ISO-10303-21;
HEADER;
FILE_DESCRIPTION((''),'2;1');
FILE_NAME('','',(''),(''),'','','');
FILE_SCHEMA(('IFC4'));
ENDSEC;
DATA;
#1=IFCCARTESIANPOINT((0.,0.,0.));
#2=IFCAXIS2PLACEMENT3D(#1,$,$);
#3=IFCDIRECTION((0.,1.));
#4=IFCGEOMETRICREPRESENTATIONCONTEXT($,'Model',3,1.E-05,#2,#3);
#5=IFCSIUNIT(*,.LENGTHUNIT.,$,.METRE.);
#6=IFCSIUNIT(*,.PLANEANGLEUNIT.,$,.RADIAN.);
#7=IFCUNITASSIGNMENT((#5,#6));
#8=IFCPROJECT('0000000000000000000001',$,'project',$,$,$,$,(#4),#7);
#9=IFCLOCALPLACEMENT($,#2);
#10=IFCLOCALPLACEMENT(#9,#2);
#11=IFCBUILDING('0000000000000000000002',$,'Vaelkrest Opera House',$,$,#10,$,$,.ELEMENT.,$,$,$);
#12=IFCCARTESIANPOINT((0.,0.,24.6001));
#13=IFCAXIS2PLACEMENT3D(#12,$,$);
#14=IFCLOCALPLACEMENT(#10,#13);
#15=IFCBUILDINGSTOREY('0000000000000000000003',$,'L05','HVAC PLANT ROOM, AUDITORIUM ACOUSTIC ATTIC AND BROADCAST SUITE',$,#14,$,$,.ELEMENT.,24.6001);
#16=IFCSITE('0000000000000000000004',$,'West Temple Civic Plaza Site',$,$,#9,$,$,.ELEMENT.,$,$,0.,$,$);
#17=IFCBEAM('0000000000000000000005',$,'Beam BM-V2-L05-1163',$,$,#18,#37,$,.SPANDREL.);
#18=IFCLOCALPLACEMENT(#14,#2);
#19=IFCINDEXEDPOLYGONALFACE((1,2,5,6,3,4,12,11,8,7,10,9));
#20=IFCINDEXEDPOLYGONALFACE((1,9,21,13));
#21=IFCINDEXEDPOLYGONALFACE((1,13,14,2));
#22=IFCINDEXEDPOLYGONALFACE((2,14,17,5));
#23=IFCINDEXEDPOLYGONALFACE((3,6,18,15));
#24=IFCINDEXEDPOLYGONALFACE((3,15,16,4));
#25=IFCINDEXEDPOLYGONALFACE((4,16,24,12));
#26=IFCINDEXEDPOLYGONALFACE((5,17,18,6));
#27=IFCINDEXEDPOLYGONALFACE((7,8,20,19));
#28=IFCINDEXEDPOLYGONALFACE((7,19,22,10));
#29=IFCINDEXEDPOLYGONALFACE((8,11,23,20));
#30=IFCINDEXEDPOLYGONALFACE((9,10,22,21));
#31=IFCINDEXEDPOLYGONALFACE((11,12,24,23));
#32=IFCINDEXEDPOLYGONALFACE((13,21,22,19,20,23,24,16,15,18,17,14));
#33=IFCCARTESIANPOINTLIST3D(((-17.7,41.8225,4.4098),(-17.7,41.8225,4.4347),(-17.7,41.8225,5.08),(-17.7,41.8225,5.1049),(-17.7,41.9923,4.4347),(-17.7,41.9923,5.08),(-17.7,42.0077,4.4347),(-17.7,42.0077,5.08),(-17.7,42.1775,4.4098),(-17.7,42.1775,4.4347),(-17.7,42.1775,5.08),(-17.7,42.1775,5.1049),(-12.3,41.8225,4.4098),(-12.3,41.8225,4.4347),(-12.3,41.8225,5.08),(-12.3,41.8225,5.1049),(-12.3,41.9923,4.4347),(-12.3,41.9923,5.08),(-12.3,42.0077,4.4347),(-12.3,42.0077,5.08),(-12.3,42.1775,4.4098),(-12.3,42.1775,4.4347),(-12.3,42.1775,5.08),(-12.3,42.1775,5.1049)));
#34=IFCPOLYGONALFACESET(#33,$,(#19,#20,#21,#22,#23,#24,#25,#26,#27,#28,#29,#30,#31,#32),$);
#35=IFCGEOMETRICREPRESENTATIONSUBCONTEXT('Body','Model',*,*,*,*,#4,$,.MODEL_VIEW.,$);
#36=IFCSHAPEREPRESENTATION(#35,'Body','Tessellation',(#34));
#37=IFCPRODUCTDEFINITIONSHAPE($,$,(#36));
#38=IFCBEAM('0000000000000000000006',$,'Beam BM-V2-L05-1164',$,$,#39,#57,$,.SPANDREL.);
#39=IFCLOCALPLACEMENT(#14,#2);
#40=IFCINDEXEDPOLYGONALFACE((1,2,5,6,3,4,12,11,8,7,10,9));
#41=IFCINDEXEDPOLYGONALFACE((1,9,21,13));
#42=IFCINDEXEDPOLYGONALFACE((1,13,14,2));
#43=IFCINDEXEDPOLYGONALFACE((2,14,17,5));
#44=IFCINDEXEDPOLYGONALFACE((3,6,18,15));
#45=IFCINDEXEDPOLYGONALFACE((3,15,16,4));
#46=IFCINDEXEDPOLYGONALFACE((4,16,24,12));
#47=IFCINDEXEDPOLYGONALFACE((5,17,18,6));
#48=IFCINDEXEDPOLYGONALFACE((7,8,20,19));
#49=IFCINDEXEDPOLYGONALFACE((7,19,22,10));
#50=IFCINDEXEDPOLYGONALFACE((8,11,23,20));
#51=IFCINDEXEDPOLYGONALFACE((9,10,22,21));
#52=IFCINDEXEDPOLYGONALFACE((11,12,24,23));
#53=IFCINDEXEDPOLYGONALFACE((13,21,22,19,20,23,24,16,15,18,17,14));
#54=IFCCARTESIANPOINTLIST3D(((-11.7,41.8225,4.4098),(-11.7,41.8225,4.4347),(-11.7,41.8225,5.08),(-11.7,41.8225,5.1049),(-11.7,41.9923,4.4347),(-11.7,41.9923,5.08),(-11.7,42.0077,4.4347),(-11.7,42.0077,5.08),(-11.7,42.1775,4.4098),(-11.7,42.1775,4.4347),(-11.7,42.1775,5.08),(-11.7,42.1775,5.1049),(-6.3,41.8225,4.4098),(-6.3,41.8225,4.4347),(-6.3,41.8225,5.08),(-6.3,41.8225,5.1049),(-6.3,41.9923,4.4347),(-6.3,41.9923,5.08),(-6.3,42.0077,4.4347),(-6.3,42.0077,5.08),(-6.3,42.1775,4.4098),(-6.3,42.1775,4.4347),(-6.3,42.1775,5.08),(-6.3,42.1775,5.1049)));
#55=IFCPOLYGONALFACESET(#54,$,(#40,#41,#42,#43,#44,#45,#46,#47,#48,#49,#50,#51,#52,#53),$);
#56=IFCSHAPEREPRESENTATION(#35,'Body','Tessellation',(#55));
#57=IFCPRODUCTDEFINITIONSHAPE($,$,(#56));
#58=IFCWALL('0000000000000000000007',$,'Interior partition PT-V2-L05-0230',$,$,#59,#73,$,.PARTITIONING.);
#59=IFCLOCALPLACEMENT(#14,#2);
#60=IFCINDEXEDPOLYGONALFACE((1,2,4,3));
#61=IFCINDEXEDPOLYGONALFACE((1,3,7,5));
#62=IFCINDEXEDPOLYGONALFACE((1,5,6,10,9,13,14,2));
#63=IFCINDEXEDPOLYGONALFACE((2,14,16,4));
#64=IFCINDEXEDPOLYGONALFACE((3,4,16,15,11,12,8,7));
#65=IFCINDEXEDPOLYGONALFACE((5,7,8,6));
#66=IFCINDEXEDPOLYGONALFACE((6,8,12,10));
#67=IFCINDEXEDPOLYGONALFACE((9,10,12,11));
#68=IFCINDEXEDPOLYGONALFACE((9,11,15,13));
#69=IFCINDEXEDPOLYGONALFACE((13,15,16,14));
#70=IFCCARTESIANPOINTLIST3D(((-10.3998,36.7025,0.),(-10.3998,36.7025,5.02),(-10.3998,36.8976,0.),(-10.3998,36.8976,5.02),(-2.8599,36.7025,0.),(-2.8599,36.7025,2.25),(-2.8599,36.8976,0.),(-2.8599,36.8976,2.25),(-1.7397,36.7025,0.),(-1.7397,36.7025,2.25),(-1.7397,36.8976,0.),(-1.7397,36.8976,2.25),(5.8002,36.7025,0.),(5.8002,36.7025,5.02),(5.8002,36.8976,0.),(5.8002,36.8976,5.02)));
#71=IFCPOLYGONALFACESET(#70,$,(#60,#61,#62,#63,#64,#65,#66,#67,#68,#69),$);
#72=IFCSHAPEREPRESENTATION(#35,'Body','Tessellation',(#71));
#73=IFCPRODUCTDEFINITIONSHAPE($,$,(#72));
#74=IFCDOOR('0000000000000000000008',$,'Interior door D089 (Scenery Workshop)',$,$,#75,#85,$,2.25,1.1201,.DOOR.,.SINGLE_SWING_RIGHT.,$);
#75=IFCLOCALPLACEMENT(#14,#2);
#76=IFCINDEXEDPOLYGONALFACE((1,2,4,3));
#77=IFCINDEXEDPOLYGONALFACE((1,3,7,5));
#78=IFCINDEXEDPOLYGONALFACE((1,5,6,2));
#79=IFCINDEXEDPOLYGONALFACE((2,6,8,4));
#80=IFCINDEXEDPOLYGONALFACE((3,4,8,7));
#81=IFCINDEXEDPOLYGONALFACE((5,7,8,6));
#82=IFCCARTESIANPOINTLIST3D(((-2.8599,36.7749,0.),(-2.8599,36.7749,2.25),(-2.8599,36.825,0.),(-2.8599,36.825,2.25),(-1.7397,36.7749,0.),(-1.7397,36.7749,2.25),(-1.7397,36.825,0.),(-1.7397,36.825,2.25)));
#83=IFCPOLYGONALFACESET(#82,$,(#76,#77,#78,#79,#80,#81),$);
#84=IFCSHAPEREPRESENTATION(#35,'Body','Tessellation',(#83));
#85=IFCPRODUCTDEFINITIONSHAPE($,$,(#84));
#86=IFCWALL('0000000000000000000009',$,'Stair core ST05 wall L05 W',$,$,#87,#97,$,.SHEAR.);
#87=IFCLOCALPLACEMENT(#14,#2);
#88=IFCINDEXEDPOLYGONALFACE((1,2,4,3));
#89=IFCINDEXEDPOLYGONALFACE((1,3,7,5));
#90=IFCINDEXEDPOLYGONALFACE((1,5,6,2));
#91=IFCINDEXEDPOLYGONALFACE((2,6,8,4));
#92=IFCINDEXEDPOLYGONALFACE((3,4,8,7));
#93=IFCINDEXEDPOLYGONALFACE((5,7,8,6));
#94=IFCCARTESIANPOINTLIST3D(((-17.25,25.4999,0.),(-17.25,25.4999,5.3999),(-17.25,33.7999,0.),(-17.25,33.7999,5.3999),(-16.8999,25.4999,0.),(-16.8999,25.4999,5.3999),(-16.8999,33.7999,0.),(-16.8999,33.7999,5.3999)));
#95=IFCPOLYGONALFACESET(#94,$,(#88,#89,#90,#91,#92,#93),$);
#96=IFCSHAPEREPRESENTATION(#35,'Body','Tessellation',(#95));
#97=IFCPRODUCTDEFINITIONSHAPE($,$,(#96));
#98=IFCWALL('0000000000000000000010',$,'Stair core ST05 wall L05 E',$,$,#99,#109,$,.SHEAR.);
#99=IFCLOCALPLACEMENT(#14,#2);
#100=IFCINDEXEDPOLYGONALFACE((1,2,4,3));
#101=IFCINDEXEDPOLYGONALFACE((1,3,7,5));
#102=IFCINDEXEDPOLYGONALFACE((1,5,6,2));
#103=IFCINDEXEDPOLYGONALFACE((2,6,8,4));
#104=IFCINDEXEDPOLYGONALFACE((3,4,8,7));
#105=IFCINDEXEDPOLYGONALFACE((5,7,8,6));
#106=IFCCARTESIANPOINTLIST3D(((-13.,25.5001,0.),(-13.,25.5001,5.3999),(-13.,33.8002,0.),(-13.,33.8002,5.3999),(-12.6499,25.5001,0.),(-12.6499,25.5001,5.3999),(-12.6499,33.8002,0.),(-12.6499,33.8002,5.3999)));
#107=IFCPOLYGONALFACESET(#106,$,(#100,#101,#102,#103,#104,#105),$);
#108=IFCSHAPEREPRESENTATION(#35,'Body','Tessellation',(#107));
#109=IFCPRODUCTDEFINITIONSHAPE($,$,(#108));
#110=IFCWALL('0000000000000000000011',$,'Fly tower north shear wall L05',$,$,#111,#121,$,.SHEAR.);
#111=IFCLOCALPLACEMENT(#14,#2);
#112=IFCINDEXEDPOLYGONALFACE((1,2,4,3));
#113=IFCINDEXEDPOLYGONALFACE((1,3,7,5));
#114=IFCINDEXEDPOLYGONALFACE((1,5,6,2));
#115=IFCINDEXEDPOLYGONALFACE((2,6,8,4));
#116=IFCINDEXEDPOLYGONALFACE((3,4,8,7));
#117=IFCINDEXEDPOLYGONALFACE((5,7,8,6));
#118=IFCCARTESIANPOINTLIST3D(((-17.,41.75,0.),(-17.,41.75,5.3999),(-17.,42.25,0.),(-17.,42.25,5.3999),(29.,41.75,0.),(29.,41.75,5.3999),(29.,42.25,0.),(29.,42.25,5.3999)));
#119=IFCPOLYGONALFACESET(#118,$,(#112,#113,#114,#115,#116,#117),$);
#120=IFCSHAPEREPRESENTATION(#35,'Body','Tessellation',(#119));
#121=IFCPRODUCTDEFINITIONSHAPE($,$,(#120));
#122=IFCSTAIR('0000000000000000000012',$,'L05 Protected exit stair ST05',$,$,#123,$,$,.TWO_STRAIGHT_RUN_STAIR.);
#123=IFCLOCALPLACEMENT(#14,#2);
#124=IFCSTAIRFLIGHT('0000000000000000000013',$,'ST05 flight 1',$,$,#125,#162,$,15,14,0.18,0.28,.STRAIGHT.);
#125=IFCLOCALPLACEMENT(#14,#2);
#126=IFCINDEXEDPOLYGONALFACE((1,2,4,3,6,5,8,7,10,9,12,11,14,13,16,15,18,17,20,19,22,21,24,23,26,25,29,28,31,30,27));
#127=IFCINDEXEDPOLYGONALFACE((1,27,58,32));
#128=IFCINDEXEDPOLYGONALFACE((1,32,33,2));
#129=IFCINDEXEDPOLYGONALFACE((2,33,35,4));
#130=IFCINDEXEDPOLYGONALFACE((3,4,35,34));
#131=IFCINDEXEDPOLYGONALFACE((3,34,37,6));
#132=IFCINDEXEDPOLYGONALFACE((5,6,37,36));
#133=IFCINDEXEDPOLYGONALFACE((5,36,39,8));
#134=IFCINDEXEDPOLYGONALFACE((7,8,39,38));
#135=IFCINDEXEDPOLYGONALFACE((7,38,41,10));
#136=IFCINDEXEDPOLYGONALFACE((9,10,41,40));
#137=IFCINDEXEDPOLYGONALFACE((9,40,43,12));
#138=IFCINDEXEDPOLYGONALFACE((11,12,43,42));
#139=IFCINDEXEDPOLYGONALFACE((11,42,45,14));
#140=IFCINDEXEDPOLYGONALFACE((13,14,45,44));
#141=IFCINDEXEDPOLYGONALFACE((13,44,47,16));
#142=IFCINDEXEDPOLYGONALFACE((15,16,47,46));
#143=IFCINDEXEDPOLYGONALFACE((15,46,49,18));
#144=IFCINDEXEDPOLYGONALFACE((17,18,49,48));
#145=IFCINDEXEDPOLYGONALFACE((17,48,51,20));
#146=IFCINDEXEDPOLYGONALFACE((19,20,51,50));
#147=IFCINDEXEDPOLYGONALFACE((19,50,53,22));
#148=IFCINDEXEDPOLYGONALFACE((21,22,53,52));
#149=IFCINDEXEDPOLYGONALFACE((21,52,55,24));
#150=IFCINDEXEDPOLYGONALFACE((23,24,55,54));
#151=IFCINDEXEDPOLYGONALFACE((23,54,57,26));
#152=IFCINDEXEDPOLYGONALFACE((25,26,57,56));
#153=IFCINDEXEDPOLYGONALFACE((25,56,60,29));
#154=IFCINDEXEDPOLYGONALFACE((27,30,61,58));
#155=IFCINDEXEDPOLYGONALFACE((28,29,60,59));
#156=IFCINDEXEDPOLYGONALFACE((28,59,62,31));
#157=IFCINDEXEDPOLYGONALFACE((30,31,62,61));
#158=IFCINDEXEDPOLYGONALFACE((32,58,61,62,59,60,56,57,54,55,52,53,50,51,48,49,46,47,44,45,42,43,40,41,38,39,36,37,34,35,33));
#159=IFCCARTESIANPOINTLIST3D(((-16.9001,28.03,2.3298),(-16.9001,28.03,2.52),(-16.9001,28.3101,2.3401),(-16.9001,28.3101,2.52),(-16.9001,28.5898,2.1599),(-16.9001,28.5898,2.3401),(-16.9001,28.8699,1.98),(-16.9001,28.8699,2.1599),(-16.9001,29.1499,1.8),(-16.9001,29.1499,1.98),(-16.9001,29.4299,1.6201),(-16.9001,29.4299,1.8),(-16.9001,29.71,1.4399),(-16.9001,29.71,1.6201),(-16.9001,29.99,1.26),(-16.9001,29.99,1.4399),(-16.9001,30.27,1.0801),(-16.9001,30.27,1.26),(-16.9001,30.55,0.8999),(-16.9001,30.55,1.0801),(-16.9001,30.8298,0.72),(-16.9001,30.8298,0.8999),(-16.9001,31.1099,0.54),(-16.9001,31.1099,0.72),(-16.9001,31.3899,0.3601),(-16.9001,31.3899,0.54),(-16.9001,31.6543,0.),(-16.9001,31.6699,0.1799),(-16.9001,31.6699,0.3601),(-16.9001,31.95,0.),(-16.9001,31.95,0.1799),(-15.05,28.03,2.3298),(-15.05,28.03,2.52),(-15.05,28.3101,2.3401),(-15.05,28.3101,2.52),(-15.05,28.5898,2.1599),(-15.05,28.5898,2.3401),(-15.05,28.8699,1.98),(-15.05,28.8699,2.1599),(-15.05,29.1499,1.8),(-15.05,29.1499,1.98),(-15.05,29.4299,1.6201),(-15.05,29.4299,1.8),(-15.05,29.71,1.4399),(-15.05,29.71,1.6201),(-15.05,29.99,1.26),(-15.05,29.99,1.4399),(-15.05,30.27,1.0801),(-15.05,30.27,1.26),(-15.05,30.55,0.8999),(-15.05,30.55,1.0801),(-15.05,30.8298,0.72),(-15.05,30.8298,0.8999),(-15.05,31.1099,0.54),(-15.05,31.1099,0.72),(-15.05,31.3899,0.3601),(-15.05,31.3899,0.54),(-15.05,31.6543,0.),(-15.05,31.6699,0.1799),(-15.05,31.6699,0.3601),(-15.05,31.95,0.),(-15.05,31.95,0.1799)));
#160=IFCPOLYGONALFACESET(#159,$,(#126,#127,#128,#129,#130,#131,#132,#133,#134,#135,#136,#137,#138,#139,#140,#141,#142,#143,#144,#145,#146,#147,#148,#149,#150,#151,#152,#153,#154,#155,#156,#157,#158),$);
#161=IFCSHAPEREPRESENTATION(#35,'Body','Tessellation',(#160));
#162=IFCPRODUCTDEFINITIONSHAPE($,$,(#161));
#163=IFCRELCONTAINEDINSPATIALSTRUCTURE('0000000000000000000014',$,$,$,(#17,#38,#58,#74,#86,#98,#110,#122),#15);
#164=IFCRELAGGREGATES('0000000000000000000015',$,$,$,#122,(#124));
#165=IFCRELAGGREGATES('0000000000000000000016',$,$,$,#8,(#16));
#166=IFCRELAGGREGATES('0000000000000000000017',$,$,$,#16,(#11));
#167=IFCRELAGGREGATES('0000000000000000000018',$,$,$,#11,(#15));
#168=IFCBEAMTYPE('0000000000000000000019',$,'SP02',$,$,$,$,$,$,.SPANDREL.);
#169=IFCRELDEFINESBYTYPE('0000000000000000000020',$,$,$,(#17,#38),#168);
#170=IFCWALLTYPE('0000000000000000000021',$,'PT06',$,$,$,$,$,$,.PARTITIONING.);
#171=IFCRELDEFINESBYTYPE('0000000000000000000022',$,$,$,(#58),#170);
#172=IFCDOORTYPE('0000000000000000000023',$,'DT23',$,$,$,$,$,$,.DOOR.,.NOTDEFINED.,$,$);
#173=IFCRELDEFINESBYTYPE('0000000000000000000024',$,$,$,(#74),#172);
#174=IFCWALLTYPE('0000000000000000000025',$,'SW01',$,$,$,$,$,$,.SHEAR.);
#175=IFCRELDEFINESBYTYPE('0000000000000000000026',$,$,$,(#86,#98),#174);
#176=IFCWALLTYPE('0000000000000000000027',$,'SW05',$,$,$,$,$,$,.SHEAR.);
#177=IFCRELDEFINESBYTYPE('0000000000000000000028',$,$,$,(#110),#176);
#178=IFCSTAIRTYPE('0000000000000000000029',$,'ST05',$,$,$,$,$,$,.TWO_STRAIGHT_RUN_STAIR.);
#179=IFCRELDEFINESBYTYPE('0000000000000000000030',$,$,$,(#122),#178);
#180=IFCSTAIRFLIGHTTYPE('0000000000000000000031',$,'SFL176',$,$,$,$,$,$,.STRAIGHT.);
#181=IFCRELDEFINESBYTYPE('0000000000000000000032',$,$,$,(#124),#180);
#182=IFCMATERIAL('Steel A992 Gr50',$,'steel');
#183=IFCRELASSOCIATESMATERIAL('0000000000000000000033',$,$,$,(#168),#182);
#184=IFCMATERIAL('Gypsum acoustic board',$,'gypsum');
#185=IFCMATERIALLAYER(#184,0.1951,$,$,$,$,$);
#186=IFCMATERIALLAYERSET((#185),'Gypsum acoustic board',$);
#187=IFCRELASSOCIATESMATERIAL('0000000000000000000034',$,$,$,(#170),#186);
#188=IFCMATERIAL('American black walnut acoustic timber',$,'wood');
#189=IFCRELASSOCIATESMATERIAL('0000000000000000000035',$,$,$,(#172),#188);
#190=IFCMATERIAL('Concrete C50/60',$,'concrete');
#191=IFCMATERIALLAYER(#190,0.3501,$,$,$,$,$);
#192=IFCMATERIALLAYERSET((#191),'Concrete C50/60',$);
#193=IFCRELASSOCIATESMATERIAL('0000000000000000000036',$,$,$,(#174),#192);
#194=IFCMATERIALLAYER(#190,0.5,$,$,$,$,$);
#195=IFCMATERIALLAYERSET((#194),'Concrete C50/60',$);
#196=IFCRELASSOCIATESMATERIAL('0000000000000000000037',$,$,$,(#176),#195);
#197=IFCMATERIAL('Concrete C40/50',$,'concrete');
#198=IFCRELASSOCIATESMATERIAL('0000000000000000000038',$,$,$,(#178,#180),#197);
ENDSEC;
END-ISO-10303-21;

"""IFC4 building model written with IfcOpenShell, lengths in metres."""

from ifc_helpers import new_model, si_unit, direction, frame, frame_2d, origin, origin_2d, place, context, subcontext, project, spatial, polyline, rectangle, i_section, outline, extrude, material, layer, layer_set, material_profile, profile_set, type_object, element, fill, aggregate, save


model = new_model("IFC4")

# Units and contexts
model_context = context("Model", 3, precision=1e-05, world=origin(), true_north=direction((0.0, 1.0)))
body_context = subcontext(model_context, "Body", "Model", "MODEL_VIEW")
ifc_project = project(units=[si_unit("LENGTHUNIT", "METRE"), si_unit("PLANEANGLEUNIT", "RADIAN")], contexts=[model_context])

# Site, building, storey
site_placement = place(None, origin())
site = spatial("IfcSite", under=ifc_project, at=site_placement, Name="West Temple Civic Plaza Site", CompositionType="ELEMENT", RefElevation=0.0)
building_placement = place(site_placement, origin())
building = spatial("IfcBuilding", under=site, at=building_placement, Name="Vaelkrest Opera House", CompositionType="ELEMENT")
storey_placement = place(building_placement, frame((0.0, 0.0, 24.6001)))
storey = spatial("IfcBuildingStorey", under=building, at=storey_placement, Name="L05", Description="HVAC PLANT ROOM, AUDITORIUM ACOUSTIC ATTIC AND BROADCAST SUITE", CompositionType="ELEMENT", Elevation=24.6001)

# Shared definitions
ifc_material_1 = material(Name="Concrete C50/60", Category="concrete")

# Beams
ifc_material_2 = material(Name="Steel A992 Gr50", Category="steel")
ifc_material_profile_1 = material_profile(ifc_material_2, i_section(OverallWidth=0.355, OverallDepth=0.6951, WebThickness=0.0154, FlangeThickness=0.0249, at=origin_2d()), Name="W27X146")
ifc_profile_set_1 = profile_set([ifc_material_profile_1], Name="Steel A992 Gr50")
beam_type_1 = type_object("IfcBeamType", Name="SP02", PredefinedType="SPANDREL", material=ifc_profile_set_1)
for number, where, z_axis, x_axis, name in (
    (1, (-17.7, 42.0, 4.7573), (1.0, 0.0, 0.0), (0.0, 1.0, 0.0), "Beam BM-V2-L05-1163"),
    (2, (-11.7, 42.0, 4.7573), (1.0, 0.0, 0.0), (0.0, 1.0, 0.0), "Beam BM-V2-L05-1164"),
):
    element("IfcBeam", number, at=place(storey_placement, frame(where, z_axis=z_axis, x_axis=x_axis)), inside=storey, type_object=beam_type_1, Name=name, PredefinedType="SPANDREL", context=body_context, shape_type="SweptSolid", body=[
        extrude(i_section(OverallWidth=0.355, OverallDepth=0.6951, WebThickness=0.0154, FlangeThickness=0.0249, at=origin_2d()), origin(), (0.0, 0.0, 1.0), 5.3999),
    ])

# Wall, opening, door
ifc_material_3 = material(Name="Gypsum acoustic board", Category="gypsum")
ifc_layer_1 = layer(ifc_material_3, 0.1951)
ifc_layer_set_1 = layer_set([ifc_layer_1], Name="Gypsum acoustic board")
wall_type_1 = type_object("IfcWallType", Name="PT06", PredefinedType="PARTITIONING", material=ifc_layer_set_1)
wall_1_placement = place(storey_placement, frame((-10.3999, 36.8, 0.0), z_axis=(0.0, 0.0, 1.0), x_axis=(1.0, 0.0, 0.0)))
wall_1 = element("IfcWall", 3, at=wall_1_placement, inside=storey, type_object=wall_type_1, Name="Interior partition PT-V2-L05-0230", PredefinedType="PARTITIONING", context=body_context, shape_type="SweptSolid", body=[
    extrude(rectangle(XDim=16.2, YDim=0.1951, at=frame_2d((8.1001, 0.0))), origin(), (0.0, 0.0, 1.0), 5.02),
])
opening_1_placement = place(wall_1_placement, frame((7.54, 0.0, 0.0)))
opening_1 = element("IfcOpeningElement", 4, at=opening_1_placement, cuts=wall_1, PredefinedType="OPENING", context=body_context, shape_type="SweptSolid", body=[
    extrude(rectangle(XDim=1.1201, YDim=2.25, at=frame_2d((0.5601, 1.125))), frame((0.0, 0.1074, 0.0), z_axis=(0.0, -1.0, 0.0), x_axis=(1.0, 0.0, 0.0)), (0.0, 0.0, 1.0), 0.2151),
])
ifc_material_4 = material(Name="American black walnut acoustic timber", Category="wood")
door_type_1 = type_object("IfcDoorType", Name="DT23", OperationType="NOTDEFINED", PredefinedType="DOOR", material=ifc_material_4)
door_1_placement = place(opening_1_placement, origin())
door_1 = element("IfcDoor", 5, at=door_1_placement, inside=storey, type_object=door_type_1, Name="Interior door D089 (Scenery Workshop)", OperationType="SINGLE_SWING_RIGHT", OverallHeight=2.25, OverallWidth=1.1201, PredefinedType="DOOR", context=body_context, shape_type="SweptSolid", body=[
    extrude(rectangle(XDim=1.1201, YDim=2.25, at=frame_2d((0.5601, 1.125))), frame((0.0, 0.0249, 0.0), z_axis=(0.0, -1.0, 0.0), x_axis=(1.0, 0.0, 0.0)), (0.0, 0.0, 1.0), 0.05),
])
fill(opening_1, door_1)

# Wall
ifc_layer_2 = layer(ifc_material_1, 0.3501)
ifc_layer_set_2 = layer_set([ifc_layer_2], Name="Concrete C50/60")
wall_type_2 = type_object("IfcWallType", Name="SW01", PredefinedType="SHEAR", material=ifc_layer_set_2)
wall_2_placement = place(storey_placement, frame((-17.075, 25.5, 0.0), z_axis=(0.0, 0.0, 1.0), x_axis=(0.0, 1.0, 0.0)))
element("IfcWall", 6, at=wall_2_placement, inside=storey, type_object=wall_type_2, Name="Stair core ST05 wall L05 W", PredefinedType="SHEAR", context=body_context, shape_type="SweptSolid", body=[
    extrude(rectangle(XDim=8.3, YDim=0.3501, at=frame_2d((4.1499, 0.0))), origin(), (0.0, 0.0, 1.0), 5.3999),
])

# Walls
wall_3_placement = place(storey_placement, frame((-12.825, 33.8, 0.0), z_axis=(0.0, 0.0, 1.0), x_axis=(0.0, -1.0, 0.0)))
element("IfcWall", 7, at=wall_3_placement, inside=storey, type_object=wall_type_2, Name="Stair core ST05 wall L05 E", PredefinedType="SHEAR", context=body_context, shape_type="SweptSolid", body=[
    extrude(rectangle(XDim=8.3, YDim=0.3501, at=frame_2d((4.1499, 0.0))), origin(), (0.0, 0.0, 1.0), 5.3999),
])
ifc_layer_3 = layer(ifc_material_1, 0.5)
ifc_layer_set_3 = layer_set([ifc_layer_3], Name="Concrete C50/60")
wall_type_3 = type_object("IfcWallType", Name="SW05", PredefinedType="SHEAR", material=ifc_layer_set_3)
wall_4_placement = place(storey_placement, frame((-17.0, 42.0, 0.0), z_axis=(0.0, 0.0, 1.0), x_axis=(1.0, 0.0, 0.0)))
element("IfcWall", 8, at=wall_4_placement, inside=storey, type_object=wall_type_3, Name="Fly tower north shear wall L05", PredefinedType="SHEAR", context=body_context, shape_type="SweptSolid", body=[
    extrude(rectangle(XDim=46.0, YDim=0.5, at=frame_2d((23.0, 0.0))), origin(), (0.0, 0.0, 1.0), 5.3999),
])

# Stair, stair flight
ifc_material_5 = material(Name="Concrete C40/50", Category="concrete")
stair_type = type_object("IfcStairType", Name="ST05", PredefinedType="TWO_STRAIGHT_RUN_STAIR", material=ifc_material_5)
stair_placement = place(storey_placement, origin())
stair = element("IfcStair", 9, at=stair_placement, inside=storey, type_object=stair_type, Name="L05 Protected exit stair ST05", PredefinedType="TWO_STRAIGHT_RUN_STAIR")
stair_flight_type = type_object("IfcStairFlightType", Name="SFL176", PredefinedType="STRAIGHT", material=ifc_material_5)
stair_flight_1_placement = place(storey_placement, frame((-15.9751, 31.95, 0.0), z_axis=(0.0, 0.0, 1.0), x_axis=(0.0, -1.0, 0.0)))
stair_flight_1 = element("IfcStairFlight", 10, at=stair_flight_1_placement, type_object=stair_flight_type, Name="ST05 flight 1", NumberOfRisers=15, NumberOfTreads=14, PredefinedType="STRAIGHT", RiserHeight=0.18, TreadLength=0.28, context=body_context, shape_type="SweptSolid", body=[
    extrude(outline(polyline([(0.0, 0.0), (0.0, 0.1799), (0.28, 0.1799), (0.28, 0.3601), (0.5601, 0.3601), (0.5601, 0.54), (0.8401, 0.54), (0.8401, 0.72), (1.1201, 0.72), (1.1201, 0.8999), (1.3999, 0.8999), (1.3999, 1.0801), (1.6799, 1.0801), (1.6799, 1.26), (1.96, 1.26), (1.96, 1.4399), (2.24, 1.4399), (2.24, 1.6201), (2.52, 1.6201), (2.52, 1.8), (2.8, 1.8), (2.8, 1.98), (3.0801, 1.98), (3.0801, 2.1599), (3.3601, 2.1599), (3.3601, 2.3401), (3.6399, 2.3401), (3.6399, 2.52), (3.9199, 2.52), (3.9199, 2.7), (3.9199, 2.3298), (0.2957, 0.0), (0.0, 0.0)])), frame((0.0, 0.925, 0.0), z_axis=(0.0, -1.0, 0.0), x_axis=(1.0, 0.0, 0.0)), (0.0, 0.0, 1.0), 1.8501),
])
aggregate(stair, [stair_flight_1])

save(model, "model.ifc")
